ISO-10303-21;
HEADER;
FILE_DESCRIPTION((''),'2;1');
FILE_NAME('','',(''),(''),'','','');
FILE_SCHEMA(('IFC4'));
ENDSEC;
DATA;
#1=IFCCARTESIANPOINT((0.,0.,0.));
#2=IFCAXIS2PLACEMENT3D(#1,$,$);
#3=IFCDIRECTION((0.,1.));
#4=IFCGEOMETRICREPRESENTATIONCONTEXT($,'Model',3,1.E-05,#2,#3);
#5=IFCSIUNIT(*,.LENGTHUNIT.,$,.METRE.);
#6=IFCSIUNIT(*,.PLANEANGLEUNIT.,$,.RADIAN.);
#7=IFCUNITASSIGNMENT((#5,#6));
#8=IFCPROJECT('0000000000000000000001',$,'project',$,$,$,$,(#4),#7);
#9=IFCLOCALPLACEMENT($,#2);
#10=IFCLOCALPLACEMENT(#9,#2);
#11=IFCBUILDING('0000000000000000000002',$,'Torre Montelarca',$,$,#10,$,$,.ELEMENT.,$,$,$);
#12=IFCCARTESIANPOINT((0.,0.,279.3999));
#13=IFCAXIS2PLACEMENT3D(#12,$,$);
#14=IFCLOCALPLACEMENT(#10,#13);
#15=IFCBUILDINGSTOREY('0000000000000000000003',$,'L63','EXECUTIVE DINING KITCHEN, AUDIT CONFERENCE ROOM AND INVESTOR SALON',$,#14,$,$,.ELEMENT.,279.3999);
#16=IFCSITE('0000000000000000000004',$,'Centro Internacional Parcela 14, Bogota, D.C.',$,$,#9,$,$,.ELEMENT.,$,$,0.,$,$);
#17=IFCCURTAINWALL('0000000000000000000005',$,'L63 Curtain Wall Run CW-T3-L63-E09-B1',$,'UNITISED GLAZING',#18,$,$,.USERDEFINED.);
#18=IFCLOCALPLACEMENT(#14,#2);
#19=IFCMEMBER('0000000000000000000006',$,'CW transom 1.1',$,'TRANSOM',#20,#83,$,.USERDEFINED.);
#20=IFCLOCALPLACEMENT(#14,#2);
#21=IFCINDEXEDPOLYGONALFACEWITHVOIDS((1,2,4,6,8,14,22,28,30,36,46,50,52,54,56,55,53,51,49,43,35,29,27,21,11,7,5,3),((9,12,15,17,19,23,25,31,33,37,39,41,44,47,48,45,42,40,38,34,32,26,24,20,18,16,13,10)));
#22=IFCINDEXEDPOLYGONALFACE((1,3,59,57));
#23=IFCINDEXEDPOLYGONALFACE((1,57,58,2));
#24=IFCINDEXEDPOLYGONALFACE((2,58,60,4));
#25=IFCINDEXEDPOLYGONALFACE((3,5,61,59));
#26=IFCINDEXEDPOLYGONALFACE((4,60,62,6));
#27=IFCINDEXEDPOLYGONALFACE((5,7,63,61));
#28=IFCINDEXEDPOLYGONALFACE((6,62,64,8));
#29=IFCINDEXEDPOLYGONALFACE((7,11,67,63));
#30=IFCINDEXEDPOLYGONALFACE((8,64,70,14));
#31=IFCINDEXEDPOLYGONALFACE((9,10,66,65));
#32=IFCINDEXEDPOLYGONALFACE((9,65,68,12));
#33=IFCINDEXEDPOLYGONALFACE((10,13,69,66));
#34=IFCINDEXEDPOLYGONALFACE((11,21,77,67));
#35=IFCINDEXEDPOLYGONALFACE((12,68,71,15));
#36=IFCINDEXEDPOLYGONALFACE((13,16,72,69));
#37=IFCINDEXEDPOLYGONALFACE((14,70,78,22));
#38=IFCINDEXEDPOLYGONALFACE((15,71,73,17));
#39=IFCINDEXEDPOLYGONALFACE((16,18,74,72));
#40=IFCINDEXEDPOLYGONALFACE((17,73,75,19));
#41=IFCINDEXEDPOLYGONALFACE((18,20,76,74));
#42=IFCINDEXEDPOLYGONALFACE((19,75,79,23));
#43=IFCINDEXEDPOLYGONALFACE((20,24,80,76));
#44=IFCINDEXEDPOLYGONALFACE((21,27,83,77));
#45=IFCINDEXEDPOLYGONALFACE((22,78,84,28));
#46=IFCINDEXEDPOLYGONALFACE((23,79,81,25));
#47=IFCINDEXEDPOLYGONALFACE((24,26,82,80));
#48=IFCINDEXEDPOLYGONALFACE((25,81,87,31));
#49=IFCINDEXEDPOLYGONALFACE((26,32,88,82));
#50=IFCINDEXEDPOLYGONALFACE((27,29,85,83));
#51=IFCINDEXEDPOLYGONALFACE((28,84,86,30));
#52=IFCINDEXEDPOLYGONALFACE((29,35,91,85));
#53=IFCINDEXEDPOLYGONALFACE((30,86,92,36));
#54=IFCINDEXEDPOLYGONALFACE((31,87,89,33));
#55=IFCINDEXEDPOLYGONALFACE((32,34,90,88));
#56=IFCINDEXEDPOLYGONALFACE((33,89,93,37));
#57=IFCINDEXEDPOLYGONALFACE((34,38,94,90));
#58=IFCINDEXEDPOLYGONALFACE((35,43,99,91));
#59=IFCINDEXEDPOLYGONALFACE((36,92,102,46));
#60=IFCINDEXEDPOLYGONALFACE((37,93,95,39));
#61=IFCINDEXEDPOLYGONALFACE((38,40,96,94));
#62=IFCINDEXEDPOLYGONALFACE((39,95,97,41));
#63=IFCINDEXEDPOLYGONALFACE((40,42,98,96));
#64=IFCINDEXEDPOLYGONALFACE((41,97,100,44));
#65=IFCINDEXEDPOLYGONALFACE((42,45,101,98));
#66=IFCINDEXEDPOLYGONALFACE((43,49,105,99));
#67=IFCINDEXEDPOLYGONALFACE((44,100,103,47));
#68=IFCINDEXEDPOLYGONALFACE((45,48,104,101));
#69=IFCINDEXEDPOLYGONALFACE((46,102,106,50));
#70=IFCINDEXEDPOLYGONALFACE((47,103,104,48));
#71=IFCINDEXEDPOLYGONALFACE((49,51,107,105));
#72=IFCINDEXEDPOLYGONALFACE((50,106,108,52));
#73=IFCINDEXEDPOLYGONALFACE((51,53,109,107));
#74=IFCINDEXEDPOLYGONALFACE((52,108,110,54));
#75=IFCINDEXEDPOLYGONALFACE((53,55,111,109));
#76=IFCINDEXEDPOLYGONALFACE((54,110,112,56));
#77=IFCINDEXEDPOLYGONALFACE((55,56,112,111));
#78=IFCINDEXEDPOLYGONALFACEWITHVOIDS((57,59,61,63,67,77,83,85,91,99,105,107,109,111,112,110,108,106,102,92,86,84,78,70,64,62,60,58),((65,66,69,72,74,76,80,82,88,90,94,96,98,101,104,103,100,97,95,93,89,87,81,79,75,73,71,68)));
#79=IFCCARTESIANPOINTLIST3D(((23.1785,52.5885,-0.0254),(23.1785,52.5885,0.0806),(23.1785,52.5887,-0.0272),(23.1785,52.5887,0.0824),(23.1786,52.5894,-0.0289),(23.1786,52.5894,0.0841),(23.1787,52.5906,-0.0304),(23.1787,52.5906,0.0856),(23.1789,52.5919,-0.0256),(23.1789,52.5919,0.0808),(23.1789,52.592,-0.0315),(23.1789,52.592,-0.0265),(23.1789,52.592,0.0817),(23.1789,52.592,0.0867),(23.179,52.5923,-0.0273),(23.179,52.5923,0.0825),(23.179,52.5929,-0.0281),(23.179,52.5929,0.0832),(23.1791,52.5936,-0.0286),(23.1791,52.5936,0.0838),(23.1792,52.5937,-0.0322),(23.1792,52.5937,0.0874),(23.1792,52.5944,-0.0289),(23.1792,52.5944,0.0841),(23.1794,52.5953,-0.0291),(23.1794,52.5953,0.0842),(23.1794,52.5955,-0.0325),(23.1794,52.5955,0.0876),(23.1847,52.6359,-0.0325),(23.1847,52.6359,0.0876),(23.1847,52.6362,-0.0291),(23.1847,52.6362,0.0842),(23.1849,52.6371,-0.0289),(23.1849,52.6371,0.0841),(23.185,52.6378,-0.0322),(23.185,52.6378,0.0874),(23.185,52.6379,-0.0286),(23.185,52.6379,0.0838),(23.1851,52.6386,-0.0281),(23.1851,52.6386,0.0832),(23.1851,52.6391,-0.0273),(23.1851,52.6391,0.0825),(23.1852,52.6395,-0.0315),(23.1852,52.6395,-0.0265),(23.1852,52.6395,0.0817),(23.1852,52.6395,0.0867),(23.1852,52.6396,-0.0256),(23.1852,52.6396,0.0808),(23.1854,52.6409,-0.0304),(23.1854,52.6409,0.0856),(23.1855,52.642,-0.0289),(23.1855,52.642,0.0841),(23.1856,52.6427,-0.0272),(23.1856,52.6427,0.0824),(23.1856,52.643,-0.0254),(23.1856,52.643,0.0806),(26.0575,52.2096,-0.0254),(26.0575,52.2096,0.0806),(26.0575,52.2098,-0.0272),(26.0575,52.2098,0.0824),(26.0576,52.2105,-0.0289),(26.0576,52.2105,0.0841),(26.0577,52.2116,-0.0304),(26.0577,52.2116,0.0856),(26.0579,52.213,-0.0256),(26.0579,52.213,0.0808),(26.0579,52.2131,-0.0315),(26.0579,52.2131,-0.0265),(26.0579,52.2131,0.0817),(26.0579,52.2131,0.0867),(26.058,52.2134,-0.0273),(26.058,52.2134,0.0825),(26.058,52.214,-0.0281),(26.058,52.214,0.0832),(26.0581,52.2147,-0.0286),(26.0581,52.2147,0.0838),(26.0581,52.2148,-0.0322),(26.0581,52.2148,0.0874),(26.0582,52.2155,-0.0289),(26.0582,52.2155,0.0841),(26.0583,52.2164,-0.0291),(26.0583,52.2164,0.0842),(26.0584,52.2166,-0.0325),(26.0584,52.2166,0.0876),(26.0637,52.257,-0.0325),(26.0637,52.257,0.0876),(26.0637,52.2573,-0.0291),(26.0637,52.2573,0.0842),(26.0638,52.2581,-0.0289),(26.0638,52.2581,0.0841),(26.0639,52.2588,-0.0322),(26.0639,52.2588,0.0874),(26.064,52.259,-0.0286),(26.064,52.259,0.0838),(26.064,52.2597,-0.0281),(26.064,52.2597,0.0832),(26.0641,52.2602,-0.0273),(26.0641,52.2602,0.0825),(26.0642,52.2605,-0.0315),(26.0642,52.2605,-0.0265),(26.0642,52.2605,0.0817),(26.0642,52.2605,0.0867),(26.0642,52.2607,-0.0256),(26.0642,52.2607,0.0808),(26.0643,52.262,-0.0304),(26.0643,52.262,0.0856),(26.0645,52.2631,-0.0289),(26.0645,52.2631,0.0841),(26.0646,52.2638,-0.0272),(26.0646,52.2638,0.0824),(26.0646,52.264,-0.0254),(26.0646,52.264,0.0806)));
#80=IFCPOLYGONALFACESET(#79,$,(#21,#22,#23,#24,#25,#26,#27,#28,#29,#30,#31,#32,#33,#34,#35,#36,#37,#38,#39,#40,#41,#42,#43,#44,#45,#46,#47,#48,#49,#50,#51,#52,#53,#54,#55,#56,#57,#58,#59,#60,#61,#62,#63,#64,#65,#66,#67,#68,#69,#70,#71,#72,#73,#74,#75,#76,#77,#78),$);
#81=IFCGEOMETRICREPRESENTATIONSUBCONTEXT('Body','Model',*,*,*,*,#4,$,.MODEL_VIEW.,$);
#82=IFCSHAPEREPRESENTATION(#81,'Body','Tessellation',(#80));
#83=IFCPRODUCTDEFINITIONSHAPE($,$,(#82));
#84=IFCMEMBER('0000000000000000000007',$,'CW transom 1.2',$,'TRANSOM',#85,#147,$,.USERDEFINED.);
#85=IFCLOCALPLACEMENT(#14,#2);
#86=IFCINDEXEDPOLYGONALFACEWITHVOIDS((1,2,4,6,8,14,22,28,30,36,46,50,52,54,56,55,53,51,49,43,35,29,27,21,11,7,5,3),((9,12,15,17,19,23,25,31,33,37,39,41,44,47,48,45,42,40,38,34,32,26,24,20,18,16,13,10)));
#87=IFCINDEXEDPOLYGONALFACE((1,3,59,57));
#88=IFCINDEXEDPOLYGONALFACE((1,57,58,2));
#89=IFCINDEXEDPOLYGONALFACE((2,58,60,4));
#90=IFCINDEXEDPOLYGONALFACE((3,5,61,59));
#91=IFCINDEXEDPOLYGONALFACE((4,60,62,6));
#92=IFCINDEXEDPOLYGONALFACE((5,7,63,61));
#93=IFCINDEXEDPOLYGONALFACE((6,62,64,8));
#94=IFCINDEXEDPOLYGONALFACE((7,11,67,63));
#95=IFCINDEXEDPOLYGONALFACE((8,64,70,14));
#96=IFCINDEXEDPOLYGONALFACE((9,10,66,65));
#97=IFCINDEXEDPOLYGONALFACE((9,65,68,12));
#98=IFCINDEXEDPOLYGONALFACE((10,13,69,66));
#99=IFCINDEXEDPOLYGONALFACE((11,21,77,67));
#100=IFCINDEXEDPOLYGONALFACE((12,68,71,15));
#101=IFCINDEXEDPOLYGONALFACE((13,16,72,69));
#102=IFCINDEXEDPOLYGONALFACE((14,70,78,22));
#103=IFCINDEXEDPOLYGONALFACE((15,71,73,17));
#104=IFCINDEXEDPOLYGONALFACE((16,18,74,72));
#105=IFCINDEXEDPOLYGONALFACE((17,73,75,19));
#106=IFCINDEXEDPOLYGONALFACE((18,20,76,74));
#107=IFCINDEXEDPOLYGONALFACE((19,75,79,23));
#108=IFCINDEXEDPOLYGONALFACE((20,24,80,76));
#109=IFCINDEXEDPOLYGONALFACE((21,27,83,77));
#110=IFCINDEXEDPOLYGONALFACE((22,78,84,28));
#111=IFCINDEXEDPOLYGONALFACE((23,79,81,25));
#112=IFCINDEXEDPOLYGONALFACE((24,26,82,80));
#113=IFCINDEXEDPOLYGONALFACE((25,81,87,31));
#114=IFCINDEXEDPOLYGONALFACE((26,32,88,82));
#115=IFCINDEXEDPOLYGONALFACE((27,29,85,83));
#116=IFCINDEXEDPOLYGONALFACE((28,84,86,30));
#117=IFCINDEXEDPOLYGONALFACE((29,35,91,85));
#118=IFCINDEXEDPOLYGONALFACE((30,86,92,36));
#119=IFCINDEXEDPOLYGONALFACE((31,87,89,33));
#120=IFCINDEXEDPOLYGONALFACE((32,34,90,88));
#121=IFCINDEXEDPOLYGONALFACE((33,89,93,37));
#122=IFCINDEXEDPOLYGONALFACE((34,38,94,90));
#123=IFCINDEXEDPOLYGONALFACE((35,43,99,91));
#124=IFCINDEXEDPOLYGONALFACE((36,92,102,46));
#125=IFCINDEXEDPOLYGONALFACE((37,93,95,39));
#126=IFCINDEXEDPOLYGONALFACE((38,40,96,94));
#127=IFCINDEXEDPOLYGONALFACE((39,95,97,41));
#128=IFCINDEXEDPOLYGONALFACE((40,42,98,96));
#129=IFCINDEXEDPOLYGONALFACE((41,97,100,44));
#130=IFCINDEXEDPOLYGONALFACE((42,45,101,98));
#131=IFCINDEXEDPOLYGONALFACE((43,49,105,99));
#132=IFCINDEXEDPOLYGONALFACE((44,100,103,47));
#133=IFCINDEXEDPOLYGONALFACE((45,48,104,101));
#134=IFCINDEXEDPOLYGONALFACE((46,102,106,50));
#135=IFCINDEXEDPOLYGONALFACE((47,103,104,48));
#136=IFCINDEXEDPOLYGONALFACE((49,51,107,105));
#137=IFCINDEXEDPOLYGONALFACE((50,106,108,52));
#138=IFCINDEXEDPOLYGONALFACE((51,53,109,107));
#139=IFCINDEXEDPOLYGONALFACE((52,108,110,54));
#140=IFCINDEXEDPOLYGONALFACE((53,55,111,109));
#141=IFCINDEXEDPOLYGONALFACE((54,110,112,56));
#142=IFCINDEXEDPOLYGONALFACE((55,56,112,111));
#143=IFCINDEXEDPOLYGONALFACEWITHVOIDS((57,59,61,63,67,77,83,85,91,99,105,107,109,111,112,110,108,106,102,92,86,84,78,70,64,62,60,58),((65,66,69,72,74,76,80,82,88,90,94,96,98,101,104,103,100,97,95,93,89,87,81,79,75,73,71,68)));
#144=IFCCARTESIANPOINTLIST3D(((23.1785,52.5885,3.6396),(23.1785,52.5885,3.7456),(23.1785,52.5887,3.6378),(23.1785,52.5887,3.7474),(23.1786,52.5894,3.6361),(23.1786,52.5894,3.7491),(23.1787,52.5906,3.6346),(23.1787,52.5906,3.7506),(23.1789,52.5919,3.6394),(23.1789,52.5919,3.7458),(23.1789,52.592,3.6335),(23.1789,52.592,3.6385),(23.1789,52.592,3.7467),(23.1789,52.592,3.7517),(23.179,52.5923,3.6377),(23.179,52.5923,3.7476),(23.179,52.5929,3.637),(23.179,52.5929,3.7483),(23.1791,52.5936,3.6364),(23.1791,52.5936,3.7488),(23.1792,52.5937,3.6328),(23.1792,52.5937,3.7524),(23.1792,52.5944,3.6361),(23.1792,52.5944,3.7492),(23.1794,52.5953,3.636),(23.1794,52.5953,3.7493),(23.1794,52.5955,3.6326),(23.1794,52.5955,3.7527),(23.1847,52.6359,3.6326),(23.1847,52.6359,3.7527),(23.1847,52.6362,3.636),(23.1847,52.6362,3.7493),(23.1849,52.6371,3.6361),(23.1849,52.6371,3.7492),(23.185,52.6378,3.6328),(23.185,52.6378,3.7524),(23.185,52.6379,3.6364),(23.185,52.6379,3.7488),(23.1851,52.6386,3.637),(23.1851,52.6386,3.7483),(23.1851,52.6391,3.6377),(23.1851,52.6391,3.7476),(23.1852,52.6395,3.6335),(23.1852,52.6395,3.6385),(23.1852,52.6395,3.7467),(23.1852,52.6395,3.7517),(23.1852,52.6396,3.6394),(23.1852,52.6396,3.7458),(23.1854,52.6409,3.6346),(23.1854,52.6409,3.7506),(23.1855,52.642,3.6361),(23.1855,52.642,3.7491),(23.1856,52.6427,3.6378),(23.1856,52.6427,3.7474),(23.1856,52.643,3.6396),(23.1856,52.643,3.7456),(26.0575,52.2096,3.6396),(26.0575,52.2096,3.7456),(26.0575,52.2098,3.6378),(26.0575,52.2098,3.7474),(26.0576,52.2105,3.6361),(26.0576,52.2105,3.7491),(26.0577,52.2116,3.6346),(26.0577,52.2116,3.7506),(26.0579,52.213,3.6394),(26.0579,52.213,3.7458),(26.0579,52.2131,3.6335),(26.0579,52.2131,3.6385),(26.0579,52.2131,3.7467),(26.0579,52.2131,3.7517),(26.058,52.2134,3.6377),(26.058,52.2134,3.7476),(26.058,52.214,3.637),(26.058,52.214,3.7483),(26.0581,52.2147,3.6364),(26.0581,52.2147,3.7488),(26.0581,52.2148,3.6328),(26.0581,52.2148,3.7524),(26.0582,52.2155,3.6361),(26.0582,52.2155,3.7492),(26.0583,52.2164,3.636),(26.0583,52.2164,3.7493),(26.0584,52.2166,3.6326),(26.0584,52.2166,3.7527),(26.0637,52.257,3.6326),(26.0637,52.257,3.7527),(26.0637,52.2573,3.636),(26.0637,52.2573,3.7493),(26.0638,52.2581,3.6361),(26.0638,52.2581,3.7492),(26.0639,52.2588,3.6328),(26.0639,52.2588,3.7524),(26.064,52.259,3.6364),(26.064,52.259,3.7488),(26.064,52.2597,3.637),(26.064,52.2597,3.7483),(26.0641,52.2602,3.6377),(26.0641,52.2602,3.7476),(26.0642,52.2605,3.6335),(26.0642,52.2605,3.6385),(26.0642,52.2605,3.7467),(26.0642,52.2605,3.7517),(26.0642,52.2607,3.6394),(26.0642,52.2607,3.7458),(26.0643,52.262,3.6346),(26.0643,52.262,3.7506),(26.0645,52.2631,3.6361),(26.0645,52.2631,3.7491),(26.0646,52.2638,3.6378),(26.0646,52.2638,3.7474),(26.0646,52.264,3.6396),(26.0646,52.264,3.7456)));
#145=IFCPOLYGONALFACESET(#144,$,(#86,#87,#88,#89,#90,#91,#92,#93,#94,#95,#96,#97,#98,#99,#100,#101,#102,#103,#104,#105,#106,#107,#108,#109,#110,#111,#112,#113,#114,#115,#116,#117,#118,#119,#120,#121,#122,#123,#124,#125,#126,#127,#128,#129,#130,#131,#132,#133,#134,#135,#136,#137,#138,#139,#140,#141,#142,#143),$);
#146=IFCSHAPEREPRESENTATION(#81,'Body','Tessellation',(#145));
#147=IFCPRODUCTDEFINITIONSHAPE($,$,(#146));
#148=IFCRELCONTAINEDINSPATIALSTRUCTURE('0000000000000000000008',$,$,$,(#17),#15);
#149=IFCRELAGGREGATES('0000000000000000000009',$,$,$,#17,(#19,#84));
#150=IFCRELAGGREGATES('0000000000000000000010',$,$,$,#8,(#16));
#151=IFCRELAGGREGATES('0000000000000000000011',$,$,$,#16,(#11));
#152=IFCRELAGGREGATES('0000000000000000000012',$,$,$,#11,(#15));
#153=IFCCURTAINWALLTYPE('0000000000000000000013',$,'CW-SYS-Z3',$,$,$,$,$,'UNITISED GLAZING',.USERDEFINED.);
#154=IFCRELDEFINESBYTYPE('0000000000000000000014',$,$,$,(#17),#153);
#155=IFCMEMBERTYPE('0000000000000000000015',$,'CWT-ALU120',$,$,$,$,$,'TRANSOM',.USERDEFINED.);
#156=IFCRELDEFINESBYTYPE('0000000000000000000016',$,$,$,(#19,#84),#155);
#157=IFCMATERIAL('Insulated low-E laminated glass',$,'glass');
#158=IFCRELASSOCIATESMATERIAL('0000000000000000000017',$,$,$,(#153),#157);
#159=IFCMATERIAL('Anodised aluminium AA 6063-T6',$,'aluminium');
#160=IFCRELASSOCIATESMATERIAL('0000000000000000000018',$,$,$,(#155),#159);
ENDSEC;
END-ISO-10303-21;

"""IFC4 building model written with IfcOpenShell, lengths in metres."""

from ifc_helpers import new_model, si_unit, direction, frame, origin, origin_2d, place, context, subcontext, project, spatial, hollow_rectangle, extrude, source, transform, mapped, material, material_profile, profile_set, type_object, element, aggregate, save


model = new_model("IFC4")

# Units and contexts
model_context = context("Model", 3, precision=1e-05, world=origin(), true_north=direction((0.0, 1.0)))
body_context = subcontext(model_context, "Body", "Model", "MODEL_VIEW")
ifc_project = project(units=[si_unit("LENGTHUNIT", "METRE"), si_unit("PLANEANGLEUNIT", "RADIAN")], contexts=[model_context])

# Site, building, storey
site_placement = place(None, origin())
site = spatial("IfcSite", under=ifc_project, at=site_placement, Name="Centro Internacional Parcela 14, Bogota, D.C.", CompositionType="ELEMENT", RefElevation=0.0)
building_placement = place(site_placement, origin())
building = spatial("IfcBuilding", under=site, at=building_placement, Name="Torre Montelarca", CompositionType="ELEMENT")
storey_placement = place(building_placement, frame((0.0, 0.0, 279.3999)))
storey = spatial("IfcBuildingStorey", under=building, at=storey_placement, Name="L63", Description="EXECUTIVE DINING KITCHEN, AUDIT CONFERENCE ROOM AND INVESTOR SALON", CompositionType="ELEMENT", Elevation=279.3999)

# Curtain wall
ifc_material_1 = material(Name="Insulated low-E laminated glass", Category="glass")
curtain_wall_type = type_object("IfcCurtainWallType", Name="CW-SYS-Z3", ElementType="UNITISED GLAZING", PredefinedType="USERDEFINED", material=ifc_material_1)
curtain_wall_1_placement = place(storey_placement, origin())
curtain_wall_1 = element("IfcCurtainWall", 1, at=curtain_wall_1_placement, inside=storey, type_object=curtain_wall_type, Name="L63 Curtain Wall Run CW-T3-L63-E09-B1", ObjectType="UNITISED GLAZING", PredefinedType="USERDEFINED")
ifc_material_2 = material(Name="Anodised aluminium AA 6063-T6", Category="aluminium")
ifc_material_profile_1 = material_profile(ifc_material_2, hollow_rectangle(XDim=0.0549, YDim=0.1201, WallThickness=0.0034, InnerFilletRadius=0.0034, OuterFilletRadius=0.0071, at=origin_2d()), Name="ALU55X120X3.5", Category="aluminium")
ifc_profile_set_1 = profile_set([ifc_material_profile_1], Name="Anodised aluminium AA 6063-T6")
member_type_1 = type_object("IfcMemberType", Name="CWT-ALU120", ElementType="TRANSOM", PredefinedType="USERDEFINED", material=ifc_profile_set_1)

# Members
shared_shape_1 = source(origin(), body_context, "Body", "SweptSolid", [
    extrude(hollow_rectangle(XDim=0.0549, YDim=0.1201, WallThickness=0.0034, InnerFilletRadius=0.0034, OuterFilletRadius=0.0071, at=origin_2d()), origin(), (0.0, 0.0, 1.0), 2.9038),
])
member_1_placement = place(storey_placement, frame((26.061, 52.2368, 0.0276), z_axis=(-0.99145, 0.130489, 0.0), x_axis=(-0.130489, -0.99145, 0.0)))
member_1 = element("IfcMember", 2, at=member_1_placement, type_object=member_type_1, Name="CW transom 1.1", ObjectType="TRANSOM", PredefinedType="USERDEFINED", context=body_context, shape_type="MappedRepresentation", body=[
    mapped(shared_shape_1, transform((0.0, 0.0, 0.0), scale=1.0)),
])
member_2_placement = place(storey_placement, frame((26.061, 52.2368, 3.6926), z_axis=(-0.99145, 0.130489, 0.0), x_axis=(-0.130489, -0.99145, 0.0)))
member_2 = element("IfcMember", 3, at=member_2_placement, type_object=member_type_1, Name="CW transom 1.2", ObjectType="TRANSOM", PredefinedType="USERDEFINED", context=body_context, shape_type="MappedRepresentation", body=[
    mapped(shared_shape_1, transform((0.0, 0.0, 0.0), scale=1.0)),
])

aggregate(curtain_wall_1, [member_1, member_2])

save(model, "model.ifc")
